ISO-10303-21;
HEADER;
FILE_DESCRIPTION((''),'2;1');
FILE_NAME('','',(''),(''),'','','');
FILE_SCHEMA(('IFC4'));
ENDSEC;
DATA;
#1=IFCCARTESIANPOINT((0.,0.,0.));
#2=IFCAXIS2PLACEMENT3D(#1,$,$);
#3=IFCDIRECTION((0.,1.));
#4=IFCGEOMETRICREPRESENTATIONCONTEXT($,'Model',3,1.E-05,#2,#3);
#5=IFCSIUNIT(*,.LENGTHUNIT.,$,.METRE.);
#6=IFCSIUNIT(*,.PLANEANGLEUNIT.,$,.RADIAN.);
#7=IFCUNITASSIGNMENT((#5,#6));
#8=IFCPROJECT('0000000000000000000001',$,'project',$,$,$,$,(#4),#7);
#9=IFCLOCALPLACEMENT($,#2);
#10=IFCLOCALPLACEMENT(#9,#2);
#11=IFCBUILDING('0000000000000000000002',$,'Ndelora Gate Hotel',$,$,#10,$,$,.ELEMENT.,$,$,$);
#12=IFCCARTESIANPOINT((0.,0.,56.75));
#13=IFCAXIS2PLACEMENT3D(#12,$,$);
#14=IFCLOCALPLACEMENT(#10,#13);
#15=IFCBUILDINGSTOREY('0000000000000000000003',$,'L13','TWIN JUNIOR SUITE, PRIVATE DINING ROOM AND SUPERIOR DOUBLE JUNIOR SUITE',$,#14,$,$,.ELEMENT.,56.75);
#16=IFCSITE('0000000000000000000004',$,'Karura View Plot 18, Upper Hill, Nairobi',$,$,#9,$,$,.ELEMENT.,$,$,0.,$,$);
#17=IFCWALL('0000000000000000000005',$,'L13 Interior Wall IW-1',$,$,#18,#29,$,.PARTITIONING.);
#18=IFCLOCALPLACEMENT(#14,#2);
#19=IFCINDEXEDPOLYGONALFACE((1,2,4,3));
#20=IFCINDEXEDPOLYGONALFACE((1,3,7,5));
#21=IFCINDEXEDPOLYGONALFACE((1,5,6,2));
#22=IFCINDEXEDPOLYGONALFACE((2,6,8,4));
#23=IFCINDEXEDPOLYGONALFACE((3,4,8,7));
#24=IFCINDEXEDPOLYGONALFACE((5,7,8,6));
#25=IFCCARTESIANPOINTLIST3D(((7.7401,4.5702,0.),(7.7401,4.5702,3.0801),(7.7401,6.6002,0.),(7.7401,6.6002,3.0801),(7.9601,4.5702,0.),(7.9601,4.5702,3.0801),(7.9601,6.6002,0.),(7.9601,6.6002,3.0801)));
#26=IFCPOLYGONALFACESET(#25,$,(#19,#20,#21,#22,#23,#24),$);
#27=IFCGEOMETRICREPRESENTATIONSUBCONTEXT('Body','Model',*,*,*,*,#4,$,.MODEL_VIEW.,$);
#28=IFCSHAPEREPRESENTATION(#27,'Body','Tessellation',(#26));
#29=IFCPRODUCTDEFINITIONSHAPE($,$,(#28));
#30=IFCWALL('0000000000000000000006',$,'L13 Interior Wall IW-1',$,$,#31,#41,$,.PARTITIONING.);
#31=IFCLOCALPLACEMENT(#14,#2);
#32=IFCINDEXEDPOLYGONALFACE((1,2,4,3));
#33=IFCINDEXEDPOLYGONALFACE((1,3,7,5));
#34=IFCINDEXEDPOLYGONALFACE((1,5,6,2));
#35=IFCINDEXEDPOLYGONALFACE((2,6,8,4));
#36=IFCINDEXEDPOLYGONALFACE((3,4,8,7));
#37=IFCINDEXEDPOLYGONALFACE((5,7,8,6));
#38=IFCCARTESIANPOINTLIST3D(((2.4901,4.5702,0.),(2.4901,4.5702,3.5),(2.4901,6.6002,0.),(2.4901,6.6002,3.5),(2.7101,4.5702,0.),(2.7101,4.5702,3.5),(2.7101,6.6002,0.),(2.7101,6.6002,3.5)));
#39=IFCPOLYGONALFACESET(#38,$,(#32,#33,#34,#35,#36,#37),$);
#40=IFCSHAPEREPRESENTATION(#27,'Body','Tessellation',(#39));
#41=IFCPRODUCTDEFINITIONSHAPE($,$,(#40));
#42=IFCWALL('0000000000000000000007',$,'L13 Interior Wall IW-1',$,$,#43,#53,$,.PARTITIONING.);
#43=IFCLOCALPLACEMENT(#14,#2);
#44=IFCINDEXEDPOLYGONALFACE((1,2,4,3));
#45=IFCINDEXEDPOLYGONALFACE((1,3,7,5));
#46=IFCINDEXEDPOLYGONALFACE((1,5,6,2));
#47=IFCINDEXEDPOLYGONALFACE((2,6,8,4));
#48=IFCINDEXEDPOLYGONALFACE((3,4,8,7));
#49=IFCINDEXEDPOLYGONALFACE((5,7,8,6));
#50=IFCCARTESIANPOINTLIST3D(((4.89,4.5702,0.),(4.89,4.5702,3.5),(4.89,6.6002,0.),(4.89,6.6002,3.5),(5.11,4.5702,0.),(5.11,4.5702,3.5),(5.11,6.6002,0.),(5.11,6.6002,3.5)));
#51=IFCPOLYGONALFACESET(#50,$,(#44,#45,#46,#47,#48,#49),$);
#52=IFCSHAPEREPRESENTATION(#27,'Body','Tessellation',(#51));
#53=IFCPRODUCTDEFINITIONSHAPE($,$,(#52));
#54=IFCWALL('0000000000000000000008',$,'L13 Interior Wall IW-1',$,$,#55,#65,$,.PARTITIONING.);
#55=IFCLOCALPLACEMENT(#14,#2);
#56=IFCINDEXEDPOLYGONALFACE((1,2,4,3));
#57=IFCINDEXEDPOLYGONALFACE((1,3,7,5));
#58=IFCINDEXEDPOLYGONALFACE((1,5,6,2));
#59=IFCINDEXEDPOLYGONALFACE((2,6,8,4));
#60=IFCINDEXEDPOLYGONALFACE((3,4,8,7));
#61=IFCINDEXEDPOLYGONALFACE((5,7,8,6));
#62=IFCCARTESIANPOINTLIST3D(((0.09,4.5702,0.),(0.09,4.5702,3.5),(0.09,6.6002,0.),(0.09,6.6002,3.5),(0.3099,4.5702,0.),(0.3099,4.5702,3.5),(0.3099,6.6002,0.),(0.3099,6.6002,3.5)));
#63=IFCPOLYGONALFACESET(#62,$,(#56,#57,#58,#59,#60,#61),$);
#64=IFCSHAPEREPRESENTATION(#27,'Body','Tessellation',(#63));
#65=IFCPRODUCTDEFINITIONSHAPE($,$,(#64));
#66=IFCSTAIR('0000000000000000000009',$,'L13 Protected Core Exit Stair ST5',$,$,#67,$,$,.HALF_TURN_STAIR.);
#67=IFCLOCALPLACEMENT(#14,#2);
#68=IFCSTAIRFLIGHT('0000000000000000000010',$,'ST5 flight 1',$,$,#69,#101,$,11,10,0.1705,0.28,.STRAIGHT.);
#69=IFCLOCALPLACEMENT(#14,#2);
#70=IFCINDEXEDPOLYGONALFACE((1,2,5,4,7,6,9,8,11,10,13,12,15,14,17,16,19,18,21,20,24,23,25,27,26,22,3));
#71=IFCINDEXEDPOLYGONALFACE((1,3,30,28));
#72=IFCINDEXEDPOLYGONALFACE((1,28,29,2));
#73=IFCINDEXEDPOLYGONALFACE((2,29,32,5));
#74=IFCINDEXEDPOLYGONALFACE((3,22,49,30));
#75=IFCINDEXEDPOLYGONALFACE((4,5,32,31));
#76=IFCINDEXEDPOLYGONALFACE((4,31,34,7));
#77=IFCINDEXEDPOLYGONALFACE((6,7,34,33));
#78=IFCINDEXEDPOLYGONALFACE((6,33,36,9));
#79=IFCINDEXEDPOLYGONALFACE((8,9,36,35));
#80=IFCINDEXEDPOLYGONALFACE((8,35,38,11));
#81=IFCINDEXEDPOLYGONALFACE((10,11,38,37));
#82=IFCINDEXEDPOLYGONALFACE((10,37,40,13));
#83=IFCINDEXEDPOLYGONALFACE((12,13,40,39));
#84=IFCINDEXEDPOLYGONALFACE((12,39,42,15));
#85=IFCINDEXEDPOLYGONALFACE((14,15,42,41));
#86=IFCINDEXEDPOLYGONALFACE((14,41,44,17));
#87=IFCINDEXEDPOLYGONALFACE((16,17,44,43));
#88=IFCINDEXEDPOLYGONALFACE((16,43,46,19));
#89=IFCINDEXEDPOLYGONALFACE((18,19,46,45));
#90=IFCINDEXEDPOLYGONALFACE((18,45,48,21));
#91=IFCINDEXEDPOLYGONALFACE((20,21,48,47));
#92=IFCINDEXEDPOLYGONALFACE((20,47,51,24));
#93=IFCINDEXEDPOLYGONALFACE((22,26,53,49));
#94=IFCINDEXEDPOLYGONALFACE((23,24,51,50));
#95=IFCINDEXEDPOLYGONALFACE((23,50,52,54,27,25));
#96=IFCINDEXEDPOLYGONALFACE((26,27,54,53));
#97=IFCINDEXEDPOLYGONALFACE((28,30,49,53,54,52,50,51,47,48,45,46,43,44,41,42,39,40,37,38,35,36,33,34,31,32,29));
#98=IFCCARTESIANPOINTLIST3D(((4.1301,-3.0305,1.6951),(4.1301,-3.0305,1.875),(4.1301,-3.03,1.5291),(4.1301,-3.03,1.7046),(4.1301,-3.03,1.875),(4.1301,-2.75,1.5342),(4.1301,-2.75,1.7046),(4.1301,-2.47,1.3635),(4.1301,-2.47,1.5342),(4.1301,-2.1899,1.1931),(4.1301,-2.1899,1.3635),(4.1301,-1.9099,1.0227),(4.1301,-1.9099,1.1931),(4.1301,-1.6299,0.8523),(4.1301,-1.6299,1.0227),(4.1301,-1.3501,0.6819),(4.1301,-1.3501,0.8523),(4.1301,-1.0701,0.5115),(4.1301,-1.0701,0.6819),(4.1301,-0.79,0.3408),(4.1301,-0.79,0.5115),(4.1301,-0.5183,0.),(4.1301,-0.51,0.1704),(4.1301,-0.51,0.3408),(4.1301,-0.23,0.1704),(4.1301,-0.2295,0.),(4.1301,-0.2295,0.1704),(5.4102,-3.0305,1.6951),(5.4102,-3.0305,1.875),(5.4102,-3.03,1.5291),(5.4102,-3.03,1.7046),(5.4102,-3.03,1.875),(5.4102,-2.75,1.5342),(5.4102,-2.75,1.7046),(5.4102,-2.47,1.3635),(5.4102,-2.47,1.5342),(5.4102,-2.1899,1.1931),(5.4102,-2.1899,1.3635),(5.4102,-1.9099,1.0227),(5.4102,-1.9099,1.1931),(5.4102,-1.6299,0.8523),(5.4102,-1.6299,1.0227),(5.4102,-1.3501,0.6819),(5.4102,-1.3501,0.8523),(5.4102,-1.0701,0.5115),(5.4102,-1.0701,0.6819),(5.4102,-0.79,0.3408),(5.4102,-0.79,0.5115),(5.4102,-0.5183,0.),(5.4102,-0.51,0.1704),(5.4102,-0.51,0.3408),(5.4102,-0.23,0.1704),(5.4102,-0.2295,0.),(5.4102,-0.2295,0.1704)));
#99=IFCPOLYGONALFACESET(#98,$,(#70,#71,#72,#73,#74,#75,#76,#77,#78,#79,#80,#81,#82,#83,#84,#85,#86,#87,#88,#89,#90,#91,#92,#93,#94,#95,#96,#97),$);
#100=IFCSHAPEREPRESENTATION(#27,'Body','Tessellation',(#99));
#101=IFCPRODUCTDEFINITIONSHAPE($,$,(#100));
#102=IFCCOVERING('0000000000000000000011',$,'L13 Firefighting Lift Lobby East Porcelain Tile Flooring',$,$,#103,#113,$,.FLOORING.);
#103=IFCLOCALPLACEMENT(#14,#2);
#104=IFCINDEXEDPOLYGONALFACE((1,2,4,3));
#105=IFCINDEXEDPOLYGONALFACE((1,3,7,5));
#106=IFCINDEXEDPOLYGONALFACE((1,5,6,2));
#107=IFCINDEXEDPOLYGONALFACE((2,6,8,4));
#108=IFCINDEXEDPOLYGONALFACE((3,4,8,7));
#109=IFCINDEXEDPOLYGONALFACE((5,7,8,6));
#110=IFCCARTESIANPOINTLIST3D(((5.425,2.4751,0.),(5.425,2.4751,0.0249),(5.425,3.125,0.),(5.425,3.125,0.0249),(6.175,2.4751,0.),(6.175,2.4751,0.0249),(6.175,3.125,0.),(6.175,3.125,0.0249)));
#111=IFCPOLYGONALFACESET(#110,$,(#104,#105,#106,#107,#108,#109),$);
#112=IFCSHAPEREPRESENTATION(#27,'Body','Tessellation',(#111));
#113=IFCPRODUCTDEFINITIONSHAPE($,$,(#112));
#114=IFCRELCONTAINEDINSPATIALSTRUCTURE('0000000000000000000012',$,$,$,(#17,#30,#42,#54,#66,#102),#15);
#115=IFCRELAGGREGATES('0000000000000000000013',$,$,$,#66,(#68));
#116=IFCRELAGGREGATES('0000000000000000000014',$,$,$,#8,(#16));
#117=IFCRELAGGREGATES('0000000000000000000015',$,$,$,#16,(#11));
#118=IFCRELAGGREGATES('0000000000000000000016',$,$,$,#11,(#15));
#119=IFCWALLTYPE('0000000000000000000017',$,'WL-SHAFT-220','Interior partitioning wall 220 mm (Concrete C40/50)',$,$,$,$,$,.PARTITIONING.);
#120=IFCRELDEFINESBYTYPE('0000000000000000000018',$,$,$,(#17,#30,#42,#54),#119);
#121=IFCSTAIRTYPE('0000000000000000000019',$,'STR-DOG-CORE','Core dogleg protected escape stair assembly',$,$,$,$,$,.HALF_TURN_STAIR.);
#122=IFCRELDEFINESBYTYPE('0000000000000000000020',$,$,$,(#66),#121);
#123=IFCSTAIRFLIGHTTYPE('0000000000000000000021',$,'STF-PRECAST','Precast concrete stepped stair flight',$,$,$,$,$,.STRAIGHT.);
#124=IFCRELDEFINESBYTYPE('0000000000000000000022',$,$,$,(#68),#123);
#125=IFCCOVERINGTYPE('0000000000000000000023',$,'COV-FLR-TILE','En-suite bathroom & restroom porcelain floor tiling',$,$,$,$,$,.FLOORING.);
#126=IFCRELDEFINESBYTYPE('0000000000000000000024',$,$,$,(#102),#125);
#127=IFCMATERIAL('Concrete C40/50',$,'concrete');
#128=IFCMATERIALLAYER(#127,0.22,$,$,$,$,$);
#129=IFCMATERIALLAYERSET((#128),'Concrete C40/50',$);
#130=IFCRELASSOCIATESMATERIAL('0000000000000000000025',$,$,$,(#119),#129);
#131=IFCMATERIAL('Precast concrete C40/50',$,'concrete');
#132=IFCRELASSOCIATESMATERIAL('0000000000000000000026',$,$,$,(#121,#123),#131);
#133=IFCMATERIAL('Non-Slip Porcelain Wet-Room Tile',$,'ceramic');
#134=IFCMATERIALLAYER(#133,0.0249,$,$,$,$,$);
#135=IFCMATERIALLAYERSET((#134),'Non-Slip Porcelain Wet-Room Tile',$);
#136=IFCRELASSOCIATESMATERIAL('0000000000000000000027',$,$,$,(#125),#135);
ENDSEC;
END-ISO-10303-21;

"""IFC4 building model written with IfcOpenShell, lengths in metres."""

from ifc_helpers import new_model, si_unit, direction, frame, frame_2d, origin, origin_2d, place, context, subcontext, project, spatial, polyline, rectangle, outline, extrude, material, layer, layer_set, type_object, element, aggregate, save


model = new_model("IFC4")

# Units and contexts
model_context = context("Model", 3, precision=1e-05, world=origin(), true_north=direction((0.0, 1.0)))
body_context = subcontext(model_context, "Body", "Model", "MODEL_VIEW")
ifc_project = project(units=[si_unit("LENGTHUNIT", "METRE"), si_unit("PLANEANGLEUNIT", "RADIAN")], contexts=[model_context])

# Site, building, storey
site_placement = place(None, origin())
site = spatial("IfcSite", under=ifc_project, at=site_placement, Name="Karura View Plot 18, Upper Hill, Nairobi", CompositionType="ELEMENT", RefElevation=0.0)
building_placement = place(site_placement, origin())
building = spatial("IfcBuilding", under=site, at=building_placement, Name="Ndelora Gate Hotel", CompositionType="ELEMENT")
storey_placement = place(building_placement, frame((0.0, 0.0, 56.75)))
storey = spatial("IfcBuildingStorey", under=building, at=storey_placement, Name="L13", Description="TWIN JUNIOR SUITE, PRIVATE DINING ROOM AND SUPERIOR DOUBLE JUNIOR SUITE", CompositionType="ELEMENT", Elevation=56.75)

# Shared definitions
ifc_material_1 = material(Name="Concrete C40/50", Category="concrete")

# Shared definitions
ifc_layer_1 = layer(ifc_material_1, 0.22)
ifc_layer_set_1 = layer_set([ifc_layer_1], Name="Concrete C40/50")
wall_type_1 = type_object("IfcWallType", Name="WL-SHAFT-220", Description="Interior partitioning wall 220 mm (Concrete C40/50)", PredefinedType="PARTITIONING", material=ifc_layer_set_1)

# Wall
wall_1_placement = place(storey_placement, frame((7.8501, 4.5701, 0.0), z_axis=(0.0, 0.0, 1.0), x_axis=(0.0, 1.0, 0.0)))
element("IfcWall", 1, at=wall_1_placement, inside=storey, type_object=wall_type_1, Name="L13 Interior Wall IW-1", PredefinedType="PARTITIONING", context=body_context, shape_type="SweptSolid", body=[
    extrude(rectangle(XDim=2.03, YDim=0.22, at=frame_2d((1.0151, 0.0))), origin(), (0.0, 0.0, 1.0), 3.0801),
])

# Walls
for number, where, z_axis, x_axis, name in (
    (2, (2.6001, 4.5701, 0.0), (0.0, 0.0, 1.0), (0.0, 1.0, 0.0), "L13 Interior Wall IW-1"),
    (3, (5.0, 4.5701, 0.0), (0.0, 0.0, 1.0), (0.0, 1.0, 0.0), "L13 Interior Wall IW-1"),
    (4, (0.2, 4.5701, 0.0), (0.0, 0.0, 1.0), (0.0, 1.0, 0.0), "L13 Interior Wall IW-1"),
):
    element("IfcWall", number, at=place(storey_placement, frame(where, z_axis=z_axis, x_axis=x_axis)), inside=storey, type_object=wall_type_1, Name=name, PredefinedType="PARTITIONING", context=body_context, shape_type="SweptSolid", body=[
        extrude(rectangle(XDim=2.03, YDim=0.22, at=frame_2d((1.0151, 0.0))), origin(), (0.0, 0.0, 1.0), 3.5),
    ])

# Stair, stair flight
ifc_material_2 = material(Name="Precast concrete C40/50", Category="concrete")
stair_type = type_object("IfcStairType", Name="STR-DOG-CORE", Description="Core dogleg protected escape stair assembly", PredefinedType="HALF_TURN_STAIR", material=ifc_material_2)
stair_placement = place(storey_placement, origin())
stair = element("IfcStair", 5, at=stair_placement, inside=storey, type_object=stair_type, Name="L13 Protected Core Exit Stair ST5", PredefinedType="HALF_TURN_STAIR")
stair_flight_type = type_object("IfcStairFlightType", Name="STF-PRECAST", Description="Precast concrete stepped stair flight", PredefinedType="STRAIGHT", material=ifc_material_2)
stair_flight_placement = place(storey_placement, frame((4.77, -0.23, 0.0), z_axis=(0.0, 0.0, 1.0), x_axis=(0.0, -1.0, 0.0)))
stair_flight = element("IfcStairFlight", 6, at=stair_flight_placement, type_object=stair_flight_type, Name="ST5 flight 1", NumberOfRisers=11, NumberOfTreads=10, PredefinedType="STRAIGHT", RiserHeight=0.1705, TreadLength=0.28, context=body_context, shape_type="SweptSolid", body=[
    extrude(outline(polyline([(-0.0005, 0.0), (-0.0005, 0.1704), (0.0, 0.1704), (0.28, 0.1704), (0.28, 0.3408), (0.5601, 0.3408), (0.5601, 0.5115), (0.8401, 0.5115), (0.8401, 0.6819), (1.1201, 0.6819), (1.1201, 0.8523), (1.3999, 0.8523), (1.3999, 1.0227), (1.6799, 1.0227), (1.6799, 1.1931), (1.96, 1.1931), (1.96, 1.3635), (2.24, 1.3635), (2.24, 1.5342), (2.52, 1.5342), (2.52, 1.7046), (2.8, 1.7046), (2.8, 1.875), (2.8005, 1.875), (2.8005, 1.6951), (2.8, 1.5291), (0.2883, 0.0), (-0.0005, 0.0)])), frame((0.0, 0.6401, 0.0), z_axis=(0.0, -1.0, 0.0), x_axis=(1.0, 0.0, 0.0)), (0.0, 0.0, 1.0), 1.28),
])
aggregate(stair, [stair_flight])

# Covering
ifc_material_3 = material(Name="Non-Slip Porcelain Wet-Room Tile", Category="ceramic")
ifc_layer_2 = layer(ifc_material_3, 0.0249)
ifc_layer_set_2 = layer_set([ifc_layer_2], Name="Non-Slip Porcelain Wet-Room Tile")
covering_type = type_object("IfcCoveringType", Name="COV-FLR-TILE", Description="En-suite bathroom & restroom porcelain floor tiling", PredefinedType="FLOORING", material=ifc_layer_set_2)
covering_placement = place(storey_placement, frame((5.8, 2.8, 0.0), z_axis=(0.0, 0.0, 1.0), x_axis=(1.0, 0.0, 0.0)))
element("IfcCovering", 7, at=covering_placement, inside=storey, type_object=covering_type, Name="L13 Firefighting Lift Lobby East Porcelain Tile Flooring", PredefinedType="FLOORING", context=body_context, shape_type="SweptSolid", body=[
    extrude(rectangle(XDim=0.75, YDim=0.6499, at=origin_2d()), origin(), (0.0, 0.0, 1.0), 0.0249),
])

save(model, "model.ifc")
